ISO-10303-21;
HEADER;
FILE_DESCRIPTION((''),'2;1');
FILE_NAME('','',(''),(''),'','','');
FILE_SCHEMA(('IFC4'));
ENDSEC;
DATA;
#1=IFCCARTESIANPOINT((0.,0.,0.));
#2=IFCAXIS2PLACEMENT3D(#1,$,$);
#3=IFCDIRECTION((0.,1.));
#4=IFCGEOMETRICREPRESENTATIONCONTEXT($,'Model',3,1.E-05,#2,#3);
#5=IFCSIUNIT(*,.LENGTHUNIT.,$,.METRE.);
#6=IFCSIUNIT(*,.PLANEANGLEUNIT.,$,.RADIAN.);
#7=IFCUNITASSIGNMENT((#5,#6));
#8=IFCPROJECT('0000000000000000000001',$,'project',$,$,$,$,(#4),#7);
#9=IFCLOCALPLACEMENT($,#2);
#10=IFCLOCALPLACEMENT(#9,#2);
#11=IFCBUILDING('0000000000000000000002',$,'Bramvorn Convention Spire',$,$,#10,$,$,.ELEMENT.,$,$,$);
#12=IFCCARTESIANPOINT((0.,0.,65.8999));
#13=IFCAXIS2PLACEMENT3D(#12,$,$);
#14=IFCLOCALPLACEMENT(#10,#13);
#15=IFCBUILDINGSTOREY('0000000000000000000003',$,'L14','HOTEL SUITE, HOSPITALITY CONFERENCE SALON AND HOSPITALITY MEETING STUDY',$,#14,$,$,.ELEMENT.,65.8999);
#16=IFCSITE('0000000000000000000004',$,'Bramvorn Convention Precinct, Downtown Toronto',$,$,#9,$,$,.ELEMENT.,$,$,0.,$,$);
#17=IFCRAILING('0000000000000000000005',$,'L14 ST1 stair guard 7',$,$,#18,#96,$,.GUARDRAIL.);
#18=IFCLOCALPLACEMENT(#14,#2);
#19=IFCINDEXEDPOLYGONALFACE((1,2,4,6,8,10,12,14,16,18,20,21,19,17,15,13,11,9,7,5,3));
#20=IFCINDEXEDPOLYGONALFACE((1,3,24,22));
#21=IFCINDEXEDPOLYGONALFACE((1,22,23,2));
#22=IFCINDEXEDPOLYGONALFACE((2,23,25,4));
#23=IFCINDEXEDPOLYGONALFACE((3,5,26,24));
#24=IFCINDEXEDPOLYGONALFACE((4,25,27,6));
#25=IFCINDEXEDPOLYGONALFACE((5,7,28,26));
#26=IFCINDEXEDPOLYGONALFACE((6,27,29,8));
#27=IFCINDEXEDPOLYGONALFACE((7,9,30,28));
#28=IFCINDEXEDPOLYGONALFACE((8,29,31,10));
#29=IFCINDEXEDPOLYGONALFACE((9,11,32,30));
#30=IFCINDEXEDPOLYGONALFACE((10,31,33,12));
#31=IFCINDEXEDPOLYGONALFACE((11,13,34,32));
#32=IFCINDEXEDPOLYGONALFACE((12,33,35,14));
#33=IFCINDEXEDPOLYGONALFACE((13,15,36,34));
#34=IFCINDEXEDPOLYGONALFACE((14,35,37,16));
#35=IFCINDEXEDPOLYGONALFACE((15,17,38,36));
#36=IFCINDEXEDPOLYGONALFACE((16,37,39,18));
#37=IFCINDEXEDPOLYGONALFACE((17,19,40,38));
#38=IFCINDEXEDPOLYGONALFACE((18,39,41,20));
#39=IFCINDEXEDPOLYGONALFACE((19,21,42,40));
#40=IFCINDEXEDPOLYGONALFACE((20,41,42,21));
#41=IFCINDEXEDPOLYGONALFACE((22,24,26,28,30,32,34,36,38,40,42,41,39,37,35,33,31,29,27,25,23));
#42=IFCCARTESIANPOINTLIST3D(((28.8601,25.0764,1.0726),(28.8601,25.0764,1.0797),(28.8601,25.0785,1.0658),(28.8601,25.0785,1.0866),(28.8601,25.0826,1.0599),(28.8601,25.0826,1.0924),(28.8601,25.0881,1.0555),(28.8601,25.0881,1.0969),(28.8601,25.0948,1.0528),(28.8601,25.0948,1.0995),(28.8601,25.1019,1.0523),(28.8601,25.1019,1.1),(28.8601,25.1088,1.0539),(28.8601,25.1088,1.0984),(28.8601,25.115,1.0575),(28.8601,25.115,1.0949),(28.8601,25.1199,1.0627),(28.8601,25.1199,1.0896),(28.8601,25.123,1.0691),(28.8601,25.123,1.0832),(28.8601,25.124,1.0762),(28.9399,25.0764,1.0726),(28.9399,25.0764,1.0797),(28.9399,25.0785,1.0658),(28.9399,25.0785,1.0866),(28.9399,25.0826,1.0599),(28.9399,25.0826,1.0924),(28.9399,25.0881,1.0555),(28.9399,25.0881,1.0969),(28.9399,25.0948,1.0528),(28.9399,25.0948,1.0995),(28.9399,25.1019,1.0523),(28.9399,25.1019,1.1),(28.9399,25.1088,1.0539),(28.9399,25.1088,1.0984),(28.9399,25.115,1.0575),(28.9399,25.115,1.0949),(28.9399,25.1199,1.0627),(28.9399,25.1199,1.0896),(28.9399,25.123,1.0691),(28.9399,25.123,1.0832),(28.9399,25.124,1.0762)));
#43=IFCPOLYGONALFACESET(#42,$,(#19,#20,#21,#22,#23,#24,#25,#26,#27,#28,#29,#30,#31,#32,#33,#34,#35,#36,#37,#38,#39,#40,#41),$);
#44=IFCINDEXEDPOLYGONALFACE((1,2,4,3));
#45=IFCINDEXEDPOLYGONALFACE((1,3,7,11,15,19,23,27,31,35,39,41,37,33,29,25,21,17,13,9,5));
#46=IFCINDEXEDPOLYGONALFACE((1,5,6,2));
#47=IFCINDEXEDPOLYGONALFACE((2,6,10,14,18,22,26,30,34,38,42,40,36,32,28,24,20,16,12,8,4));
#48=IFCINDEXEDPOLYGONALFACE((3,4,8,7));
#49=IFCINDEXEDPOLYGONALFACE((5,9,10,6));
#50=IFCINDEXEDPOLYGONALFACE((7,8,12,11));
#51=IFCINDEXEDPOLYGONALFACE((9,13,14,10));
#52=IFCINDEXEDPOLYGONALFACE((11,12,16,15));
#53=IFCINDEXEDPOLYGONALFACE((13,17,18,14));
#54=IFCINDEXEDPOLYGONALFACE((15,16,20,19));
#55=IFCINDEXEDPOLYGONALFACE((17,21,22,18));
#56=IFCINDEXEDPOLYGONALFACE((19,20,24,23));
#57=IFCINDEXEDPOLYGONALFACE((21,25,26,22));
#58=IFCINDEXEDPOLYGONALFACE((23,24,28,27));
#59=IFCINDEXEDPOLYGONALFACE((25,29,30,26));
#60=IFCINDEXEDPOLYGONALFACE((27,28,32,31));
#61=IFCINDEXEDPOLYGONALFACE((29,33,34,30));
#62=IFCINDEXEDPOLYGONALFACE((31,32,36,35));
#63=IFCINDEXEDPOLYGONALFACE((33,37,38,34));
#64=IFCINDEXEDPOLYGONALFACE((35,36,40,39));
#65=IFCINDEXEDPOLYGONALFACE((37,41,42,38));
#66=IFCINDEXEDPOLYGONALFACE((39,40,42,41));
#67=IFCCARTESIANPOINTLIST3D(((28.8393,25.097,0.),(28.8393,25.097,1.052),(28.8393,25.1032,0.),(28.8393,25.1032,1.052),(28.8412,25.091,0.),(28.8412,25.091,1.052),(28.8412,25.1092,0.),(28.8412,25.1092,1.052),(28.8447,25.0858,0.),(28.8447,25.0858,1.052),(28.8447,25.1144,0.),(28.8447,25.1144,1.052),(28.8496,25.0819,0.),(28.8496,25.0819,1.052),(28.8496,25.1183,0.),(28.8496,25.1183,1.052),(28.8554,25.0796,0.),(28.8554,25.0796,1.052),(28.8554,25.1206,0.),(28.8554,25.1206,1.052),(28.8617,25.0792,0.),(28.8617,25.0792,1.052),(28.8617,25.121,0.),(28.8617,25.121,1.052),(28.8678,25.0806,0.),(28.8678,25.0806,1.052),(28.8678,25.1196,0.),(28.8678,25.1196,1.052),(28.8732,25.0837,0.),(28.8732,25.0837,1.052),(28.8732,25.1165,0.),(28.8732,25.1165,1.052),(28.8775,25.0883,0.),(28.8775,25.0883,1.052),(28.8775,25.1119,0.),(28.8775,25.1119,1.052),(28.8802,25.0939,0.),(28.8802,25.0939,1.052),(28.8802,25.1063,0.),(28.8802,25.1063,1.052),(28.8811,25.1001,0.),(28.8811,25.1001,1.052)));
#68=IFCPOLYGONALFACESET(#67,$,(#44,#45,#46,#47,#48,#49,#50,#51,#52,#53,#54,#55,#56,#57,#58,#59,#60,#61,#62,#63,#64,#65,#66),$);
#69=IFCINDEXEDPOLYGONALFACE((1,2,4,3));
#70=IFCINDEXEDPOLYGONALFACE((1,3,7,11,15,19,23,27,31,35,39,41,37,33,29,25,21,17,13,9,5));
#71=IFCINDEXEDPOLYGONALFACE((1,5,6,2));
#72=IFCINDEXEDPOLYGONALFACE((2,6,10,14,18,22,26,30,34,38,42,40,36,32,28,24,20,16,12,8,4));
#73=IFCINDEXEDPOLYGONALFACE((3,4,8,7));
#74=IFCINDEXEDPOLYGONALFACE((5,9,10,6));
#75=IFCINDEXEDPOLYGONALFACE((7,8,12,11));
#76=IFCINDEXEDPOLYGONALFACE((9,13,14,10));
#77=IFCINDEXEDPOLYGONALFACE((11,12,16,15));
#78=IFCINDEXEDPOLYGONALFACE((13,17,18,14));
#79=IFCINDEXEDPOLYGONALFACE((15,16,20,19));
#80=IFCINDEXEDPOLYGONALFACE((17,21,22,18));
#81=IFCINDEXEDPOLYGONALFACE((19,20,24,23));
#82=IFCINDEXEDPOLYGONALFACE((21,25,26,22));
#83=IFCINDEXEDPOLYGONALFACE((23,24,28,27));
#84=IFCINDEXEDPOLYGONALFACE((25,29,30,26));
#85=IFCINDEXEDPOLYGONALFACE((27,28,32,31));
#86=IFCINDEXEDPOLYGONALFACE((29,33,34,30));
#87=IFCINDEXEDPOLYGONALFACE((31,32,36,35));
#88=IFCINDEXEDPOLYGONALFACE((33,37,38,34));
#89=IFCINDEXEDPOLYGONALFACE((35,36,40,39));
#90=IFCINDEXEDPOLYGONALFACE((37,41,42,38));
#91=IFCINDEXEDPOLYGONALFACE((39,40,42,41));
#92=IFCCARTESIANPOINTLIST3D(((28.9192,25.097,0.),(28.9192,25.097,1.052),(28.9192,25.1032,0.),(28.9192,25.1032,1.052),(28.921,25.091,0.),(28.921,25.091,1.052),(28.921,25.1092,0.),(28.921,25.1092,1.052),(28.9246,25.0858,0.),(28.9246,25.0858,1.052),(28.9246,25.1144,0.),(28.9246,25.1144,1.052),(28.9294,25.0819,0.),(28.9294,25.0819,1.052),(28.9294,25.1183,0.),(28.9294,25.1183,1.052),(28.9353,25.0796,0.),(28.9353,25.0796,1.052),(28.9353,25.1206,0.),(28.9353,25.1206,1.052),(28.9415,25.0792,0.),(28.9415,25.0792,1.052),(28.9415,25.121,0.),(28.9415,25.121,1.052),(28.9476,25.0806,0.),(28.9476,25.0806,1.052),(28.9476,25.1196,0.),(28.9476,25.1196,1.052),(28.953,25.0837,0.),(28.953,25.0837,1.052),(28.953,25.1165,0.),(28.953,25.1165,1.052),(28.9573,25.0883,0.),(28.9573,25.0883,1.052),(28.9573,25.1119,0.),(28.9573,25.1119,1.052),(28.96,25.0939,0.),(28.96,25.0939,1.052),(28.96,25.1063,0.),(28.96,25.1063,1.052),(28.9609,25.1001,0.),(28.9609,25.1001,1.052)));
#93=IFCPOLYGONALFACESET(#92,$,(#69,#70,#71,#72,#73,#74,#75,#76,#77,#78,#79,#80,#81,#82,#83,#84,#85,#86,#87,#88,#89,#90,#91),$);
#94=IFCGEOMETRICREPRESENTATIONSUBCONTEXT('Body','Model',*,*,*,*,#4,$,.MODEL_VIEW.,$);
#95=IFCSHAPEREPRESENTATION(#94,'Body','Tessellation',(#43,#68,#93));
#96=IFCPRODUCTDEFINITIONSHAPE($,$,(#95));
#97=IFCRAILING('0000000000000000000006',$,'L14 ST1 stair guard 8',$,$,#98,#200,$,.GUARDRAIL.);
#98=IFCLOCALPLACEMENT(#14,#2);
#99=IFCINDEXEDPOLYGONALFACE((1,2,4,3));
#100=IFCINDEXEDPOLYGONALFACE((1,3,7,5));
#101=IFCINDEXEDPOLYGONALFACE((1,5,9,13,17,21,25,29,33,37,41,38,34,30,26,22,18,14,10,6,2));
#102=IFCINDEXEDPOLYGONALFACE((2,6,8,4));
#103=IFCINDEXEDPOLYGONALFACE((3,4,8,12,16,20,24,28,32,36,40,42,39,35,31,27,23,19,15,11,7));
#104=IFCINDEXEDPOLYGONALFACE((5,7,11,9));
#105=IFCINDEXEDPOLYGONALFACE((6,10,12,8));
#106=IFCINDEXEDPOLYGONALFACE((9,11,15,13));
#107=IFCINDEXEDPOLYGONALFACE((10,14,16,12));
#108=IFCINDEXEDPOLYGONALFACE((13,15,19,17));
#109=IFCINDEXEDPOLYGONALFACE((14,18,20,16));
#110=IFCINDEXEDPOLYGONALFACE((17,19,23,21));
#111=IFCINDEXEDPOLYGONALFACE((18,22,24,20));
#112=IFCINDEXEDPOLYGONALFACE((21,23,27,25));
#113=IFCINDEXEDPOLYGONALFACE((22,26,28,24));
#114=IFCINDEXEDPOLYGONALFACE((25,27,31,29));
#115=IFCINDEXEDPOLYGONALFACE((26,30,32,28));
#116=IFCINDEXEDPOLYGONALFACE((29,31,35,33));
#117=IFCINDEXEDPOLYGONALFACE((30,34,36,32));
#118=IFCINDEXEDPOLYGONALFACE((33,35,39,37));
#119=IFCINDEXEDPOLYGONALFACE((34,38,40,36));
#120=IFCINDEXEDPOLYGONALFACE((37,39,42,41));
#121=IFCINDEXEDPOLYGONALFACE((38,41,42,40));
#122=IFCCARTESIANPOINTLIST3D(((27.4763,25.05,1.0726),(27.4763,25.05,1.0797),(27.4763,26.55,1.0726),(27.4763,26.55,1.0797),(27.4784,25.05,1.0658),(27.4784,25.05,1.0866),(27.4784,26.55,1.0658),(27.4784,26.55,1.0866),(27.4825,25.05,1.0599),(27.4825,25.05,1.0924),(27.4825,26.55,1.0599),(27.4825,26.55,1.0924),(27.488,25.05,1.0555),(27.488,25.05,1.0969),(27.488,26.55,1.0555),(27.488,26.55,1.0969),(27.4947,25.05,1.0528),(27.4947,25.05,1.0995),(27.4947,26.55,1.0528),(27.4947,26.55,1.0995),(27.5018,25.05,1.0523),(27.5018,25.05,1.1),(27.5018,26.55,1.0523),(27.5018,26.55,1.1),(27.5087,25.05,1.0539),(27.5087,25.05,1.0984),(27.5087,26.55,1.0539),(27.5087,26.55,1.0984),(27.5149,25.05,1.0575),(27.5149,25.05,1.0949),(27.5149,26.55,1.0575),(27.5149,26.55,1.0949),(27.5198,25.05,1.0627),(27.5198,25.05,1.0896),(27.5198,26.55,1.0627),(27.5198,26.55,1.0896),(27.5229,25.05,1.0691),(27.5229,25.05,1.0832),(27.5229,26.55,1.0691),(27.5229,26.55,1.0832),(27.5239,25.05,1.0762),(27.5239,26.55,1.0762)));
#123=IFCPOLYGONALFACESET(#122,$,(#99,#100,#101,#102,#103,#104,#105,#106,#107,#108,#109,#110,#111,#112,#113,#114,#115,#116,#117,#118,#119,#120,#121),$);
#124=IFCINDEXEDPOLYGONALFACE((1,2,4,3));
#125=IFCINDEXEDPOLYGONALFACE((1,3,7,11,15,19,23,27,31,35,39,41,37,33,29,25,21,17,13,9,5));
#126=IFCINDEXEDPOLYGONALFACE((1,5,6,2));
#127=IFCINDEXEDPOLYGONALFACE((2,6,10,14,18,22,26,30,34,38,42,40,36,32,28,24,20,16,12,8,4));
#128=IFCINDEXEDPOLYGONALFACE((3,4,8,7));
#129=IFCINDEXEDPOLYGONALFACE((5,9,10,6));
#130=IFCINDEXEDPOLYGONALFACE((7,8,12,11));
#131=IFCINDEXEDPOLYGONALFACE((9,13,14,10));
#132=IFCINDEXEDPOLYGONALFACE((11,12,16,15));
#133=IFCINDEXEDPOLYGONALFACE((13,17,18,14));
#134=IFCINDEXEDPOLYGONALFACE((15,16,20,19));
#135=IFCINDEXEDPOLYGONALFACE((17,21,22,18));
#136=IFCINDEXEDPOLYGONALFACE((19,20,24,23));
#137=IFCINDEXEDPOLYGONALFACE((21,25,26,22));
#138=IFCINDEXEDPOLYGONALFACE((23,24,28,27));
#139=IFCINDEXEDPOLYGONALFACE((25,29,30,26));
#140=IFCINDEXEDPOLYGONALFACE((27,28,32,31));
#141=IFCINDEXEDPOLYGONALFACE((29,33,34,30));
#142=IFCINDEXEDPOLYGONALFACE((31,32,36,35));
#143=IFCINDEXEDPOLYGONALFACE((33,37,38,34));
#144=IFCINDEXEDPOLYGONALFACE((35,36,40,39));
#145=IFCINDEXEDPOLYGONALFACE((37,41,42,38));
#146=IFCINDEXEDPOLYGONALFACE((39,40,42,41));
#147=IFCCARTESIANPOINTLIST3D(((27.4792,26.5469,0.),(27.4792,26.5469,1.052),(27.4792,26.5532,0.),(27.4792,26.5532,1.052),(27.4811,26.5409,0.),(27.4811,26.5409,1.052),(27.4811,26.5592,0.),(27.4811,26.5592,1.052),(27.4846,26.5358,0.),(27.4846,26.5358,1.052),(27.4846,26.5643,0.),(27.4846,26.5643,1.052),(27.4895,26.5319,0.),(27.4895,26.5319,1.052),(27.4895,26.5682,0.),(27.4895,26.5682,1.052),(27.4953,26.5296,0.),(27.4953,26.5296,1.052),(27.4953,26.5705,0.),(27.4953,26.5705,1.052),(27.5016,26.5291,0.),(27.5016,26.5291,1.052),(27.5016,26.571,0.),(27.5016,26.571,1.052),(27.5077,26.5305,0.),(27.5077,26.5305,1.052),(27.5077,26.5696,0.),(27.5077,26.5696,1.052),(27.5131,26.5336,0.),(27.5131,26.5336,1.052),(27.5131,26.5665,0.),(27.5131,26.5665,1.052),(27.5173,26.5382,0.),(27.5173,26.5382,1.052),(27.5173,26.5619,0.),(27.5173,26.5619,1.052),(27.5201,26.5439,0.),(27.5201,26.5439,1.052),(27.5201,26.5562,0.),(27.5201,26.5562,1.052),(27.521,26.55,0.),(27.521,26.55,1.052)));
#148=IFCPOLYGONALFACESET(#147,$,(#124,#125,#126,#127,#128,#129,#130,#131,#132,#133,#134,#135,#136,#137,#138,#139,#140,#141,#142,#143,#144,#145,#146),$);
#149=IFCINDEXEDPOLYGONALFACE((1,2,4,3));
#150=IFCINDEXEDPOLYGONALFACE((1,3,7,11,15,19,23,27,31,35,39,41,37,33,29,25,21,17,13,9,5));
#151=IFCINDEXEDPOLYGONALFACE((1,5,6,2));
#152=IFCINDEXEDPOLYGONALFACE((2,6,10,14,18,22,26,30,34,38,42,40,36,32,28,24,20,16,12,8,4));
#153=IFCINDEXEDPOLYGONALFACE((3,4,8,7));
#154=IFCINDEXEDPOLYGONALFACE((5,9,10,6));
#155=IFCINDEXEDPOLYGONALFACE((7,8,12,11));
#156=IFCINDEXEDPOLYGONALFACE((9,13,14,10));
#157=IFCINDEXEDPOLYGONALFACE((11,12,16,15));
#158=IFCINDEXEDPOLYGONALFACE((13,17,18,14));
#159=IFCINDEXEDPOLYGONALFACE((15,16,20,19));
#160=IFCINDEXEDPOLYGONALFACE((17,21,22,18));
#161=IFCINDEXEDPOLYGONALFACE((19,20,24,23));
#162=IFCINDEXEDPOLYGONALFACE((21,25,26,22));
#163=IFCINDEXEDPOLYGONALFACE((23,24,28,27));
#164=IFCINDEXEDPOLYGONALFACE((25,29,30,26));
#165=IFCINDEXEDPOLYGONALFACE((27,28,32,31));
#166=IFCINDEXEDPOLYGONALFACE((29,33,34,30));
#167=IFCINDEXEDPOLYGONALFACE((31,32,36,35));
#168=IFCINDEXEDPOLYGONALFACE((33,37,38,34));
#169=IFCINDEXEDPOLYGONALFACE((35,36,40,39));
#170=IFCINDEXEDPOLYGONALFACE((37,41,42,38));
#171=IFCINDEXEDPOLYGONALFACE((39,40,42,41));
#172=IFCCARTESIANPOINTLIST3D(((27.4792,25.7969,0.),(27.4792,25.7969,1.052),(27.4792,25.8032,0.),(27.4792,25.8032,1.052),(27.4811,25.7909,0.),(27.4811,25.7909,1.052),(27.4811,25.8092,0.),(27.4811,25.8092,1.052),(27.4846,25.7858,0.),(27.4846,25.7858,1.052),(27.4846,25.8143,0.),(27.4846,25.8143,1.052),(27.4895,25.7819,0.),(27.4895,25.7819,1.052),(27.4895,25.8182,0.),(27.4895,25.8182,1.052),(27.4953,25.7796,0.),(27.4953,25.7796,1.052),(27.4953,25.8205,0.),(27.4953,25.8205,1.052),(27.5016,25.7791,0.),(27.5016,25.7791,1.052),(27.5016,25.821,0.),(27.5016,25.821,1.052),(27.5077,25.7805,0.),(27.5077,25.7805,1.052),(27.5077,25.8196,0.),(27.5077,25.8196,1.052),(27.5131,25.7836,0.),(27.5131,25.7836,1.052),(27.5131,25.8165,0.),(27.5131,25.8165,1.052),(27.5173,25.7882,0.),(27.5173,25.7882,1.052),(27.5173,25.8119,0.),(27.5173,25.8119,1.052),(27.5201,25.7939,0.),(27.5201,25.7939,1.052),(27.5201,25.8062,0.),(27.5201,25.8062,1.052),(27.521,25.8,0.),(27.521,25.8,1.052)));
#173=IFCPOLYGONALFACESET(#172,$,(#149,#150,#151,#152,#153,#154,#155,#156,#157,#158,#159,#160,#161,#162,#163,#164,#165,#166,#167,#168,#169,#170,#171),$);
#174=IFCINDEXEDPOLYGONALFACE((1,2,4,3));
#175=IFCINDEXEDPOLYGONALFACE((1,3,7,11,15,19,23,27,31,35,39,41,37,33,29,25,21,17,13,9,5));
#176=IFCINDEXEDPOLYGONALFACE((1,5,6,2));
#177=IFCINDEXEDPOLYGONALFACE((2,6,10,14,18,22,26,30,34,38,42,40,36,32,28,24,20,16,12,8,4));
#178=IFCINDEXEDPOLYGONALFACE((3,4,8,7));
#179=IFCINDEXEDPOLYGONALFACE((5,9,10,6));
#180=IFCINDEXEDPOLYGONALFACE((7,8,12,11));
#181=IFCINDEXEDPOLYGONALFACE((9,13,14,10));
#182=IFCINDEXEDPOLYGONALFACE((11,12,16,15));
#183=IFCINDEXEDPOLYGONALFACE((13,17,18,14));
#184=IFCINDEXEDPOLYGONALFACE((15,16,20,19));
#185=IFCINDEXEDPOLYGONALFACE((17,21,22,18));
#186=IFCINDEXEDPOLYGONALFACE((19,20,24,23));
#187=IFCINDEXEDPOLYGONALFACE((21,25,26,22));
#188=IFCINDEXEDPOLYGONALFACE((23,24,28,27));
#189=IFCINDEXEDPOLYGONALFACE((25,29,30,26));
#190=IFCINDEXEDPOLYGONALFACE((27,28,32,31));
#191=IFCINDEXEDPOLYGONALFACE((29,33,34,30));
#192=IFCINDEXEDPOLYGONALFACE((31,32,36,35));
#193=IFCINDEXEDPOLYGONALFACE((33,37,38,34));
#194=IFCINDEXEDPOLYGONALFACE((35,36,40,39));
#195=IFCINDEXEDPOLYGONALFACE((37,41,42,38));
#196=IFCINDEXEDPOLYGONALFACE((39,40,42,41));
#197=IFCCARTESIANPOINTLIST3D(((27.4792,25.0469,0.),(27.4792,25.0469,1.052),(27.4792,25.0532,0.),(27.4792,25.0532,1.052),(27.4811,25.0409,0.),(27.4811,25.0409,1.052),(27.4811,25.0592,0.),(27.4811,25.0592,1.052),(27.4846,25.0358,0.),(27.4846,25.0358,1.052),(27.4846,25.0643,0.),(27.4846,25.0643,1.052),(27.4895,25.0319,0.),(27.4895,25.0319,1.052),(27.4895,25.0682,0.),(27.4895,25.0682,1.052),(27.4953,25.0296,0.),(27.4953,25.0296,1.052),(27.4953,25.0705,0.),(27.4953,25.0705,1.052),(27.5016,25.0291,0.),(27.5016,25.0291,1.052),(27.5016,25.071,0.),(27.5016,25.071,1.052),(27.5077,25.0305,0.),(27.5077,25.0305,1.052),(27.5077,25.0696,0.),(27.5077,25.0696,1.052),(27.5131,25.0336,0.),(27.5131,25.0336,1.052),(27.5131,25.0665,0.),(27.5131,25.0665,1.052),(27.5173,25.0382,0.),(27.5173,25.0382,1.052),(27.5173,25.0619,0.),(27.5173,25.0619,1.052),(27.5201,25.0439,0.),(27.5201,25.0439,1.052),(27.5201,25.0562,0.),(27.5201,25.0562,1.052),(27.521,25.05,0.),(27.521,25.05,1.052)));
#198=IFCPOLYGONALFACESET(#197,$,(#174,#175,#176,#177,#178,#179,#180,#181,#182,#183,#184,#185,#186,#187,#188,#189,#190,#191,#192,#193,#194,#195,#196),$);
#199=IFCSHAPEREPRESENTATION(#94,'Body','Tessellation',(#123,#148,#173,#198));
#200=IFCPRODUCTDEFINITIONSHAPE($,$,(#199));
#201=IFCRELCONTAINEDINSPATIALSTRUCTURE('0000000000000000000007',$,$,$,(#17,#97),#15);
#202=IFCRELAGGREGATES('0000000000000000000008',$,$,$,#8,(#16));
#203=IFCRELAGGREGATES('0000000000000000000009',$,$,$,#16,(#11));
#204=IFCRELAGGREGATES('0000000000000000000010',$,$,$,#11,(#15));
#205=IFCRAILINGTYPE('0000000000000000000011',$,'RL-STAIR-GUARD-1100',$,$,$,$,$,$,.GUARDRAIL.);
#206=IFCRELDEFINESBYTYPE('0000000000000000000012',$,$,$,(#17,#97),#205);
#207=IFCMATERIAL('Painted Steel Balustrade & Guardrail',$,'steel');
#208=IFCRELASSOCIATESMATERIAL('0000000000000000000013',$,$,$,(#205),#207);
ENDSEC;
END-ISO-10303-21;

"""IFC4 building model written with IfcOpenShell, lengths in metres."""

from ifc_helpers import new_model, si_unit, direction, frame, origin, origin_2d, place, context, subcontext, project, spatial, circle, extrude, material, type_object, element, save


model = new_model("IFC4")

# Units and contexts
model_context = context("Model", 3, precision=1e-05, world=origin(), true_north=direction((0.0, 1.0)))
body_context = subcontext(model_context, "Body", "Model", "MODEL_VIEW")
ifc_project = project(units=[si_unit("LENGTHUNIT", "METRE"), si_unit("PLANEANGLEUNIT", "RADIAN")], contexts=[model_context])

# Site, building, storey
site_placement = place(None, origin())
site = spatial("IfcSite", under=ifc_project, at=site_placement, Name="Bramvorn Convention Precinct, Downtown Toronto", CompositionType="ELEMENT", RefElevation=0.0)
building_placement = place(site_placement, origin())
building = spatial("IfcBuilding", under=site, at=building_placement, Name="Bramvorn Convention Spire", CompositionType="ELEMENT")
storey_placement = place(building_placement, frame((0.0, 0.0, 65.8999)))
storey = spatial("IfcBuildingStorey", under=building, at=storey_placement, Name="L14", Description="HOTEL SUITE, HOSPITALITY CONFERENCE SALON AND HOSPITALITY MEETING STUDY", CompositionType="ELEMENT", Elevation=65.8999)

# Railings
ifc_material_1 = material(Name="Painted Steel Balustrade & Guardrail", Category="steel")
railing_type_1 = type_object("IfcRailingType", Name="RL-STAIR-GUARD-1100", PredefinedType="GUARDRAIL", material=ifc_material_1)
railing_1_placement = place(storey_placement, frame((28.8601, 25.1001, 0.0)))
element("IfcRailing", 1, at=railing_1_placement, inside=storey, type_object=railing_type_1, Name="L14 ST1 stair guard 7", PredefinedType="GUARDRAIL", context=body_context, shape_type="SweptSolid", body=[
    extrude(circle(Radius=0.0239, at=origin_2d()), frame((0.0, 0.0, 1.0762), z_axis=(1.0, 0.0, 0.0), x_axis=(0.0, 1.0, 0.0)), (0.0, 0.0, 1.0), 0.0798),
    extrude(circle(Radius=0.021, at=origin_2d()), origin(), (0.0, 0.0, 1.0), 1.052),
    extrude(circle(Radius=0.021, at=origin_2d()), frame((0.0798, 0.0, 0.0)), (0.0, 0.0, 1.0), 1.052),
])
for number, where, name in (
    (2, (27.5, 26.55, 0.0), "L14 ST1 stair guard 8"),
):
    element("IfcRailing", number, at=place(storey_placement, frame(where)), inside=storey, type_object=railing_type_1, Name=name, PredefinedType="GUARDRAIL", context=body_context, shape_type="SweptSolid", body=[
        extrude(circle(Radius=0.0239, at=origin_2d()), frame((0.0, 0.0, 1.0762), z_axis=(0.0, -1.0, 0.0), x_axis=(1.0, 0.0, 0.0)), (0.0, 0.0, 1.0), 1.5),
        extrude(circle(Radius=0.021, at=origin_2d()), origin(), (0.0, 0.0, 1.0), 1.052),
        extrude(circle(Radius=0.021, at=origin_2d()), frame((0.0, -0.75, 0.0)), (0.0, 0.0, 1.0), 1.052),
        extrude(circle(Radius=0.021, at=origin_2d()), frame((0.0, -1.5, 0.0)), (0.0, 0.0, 1.0), 1.052),
    ])

save(model, "model.ifc")
